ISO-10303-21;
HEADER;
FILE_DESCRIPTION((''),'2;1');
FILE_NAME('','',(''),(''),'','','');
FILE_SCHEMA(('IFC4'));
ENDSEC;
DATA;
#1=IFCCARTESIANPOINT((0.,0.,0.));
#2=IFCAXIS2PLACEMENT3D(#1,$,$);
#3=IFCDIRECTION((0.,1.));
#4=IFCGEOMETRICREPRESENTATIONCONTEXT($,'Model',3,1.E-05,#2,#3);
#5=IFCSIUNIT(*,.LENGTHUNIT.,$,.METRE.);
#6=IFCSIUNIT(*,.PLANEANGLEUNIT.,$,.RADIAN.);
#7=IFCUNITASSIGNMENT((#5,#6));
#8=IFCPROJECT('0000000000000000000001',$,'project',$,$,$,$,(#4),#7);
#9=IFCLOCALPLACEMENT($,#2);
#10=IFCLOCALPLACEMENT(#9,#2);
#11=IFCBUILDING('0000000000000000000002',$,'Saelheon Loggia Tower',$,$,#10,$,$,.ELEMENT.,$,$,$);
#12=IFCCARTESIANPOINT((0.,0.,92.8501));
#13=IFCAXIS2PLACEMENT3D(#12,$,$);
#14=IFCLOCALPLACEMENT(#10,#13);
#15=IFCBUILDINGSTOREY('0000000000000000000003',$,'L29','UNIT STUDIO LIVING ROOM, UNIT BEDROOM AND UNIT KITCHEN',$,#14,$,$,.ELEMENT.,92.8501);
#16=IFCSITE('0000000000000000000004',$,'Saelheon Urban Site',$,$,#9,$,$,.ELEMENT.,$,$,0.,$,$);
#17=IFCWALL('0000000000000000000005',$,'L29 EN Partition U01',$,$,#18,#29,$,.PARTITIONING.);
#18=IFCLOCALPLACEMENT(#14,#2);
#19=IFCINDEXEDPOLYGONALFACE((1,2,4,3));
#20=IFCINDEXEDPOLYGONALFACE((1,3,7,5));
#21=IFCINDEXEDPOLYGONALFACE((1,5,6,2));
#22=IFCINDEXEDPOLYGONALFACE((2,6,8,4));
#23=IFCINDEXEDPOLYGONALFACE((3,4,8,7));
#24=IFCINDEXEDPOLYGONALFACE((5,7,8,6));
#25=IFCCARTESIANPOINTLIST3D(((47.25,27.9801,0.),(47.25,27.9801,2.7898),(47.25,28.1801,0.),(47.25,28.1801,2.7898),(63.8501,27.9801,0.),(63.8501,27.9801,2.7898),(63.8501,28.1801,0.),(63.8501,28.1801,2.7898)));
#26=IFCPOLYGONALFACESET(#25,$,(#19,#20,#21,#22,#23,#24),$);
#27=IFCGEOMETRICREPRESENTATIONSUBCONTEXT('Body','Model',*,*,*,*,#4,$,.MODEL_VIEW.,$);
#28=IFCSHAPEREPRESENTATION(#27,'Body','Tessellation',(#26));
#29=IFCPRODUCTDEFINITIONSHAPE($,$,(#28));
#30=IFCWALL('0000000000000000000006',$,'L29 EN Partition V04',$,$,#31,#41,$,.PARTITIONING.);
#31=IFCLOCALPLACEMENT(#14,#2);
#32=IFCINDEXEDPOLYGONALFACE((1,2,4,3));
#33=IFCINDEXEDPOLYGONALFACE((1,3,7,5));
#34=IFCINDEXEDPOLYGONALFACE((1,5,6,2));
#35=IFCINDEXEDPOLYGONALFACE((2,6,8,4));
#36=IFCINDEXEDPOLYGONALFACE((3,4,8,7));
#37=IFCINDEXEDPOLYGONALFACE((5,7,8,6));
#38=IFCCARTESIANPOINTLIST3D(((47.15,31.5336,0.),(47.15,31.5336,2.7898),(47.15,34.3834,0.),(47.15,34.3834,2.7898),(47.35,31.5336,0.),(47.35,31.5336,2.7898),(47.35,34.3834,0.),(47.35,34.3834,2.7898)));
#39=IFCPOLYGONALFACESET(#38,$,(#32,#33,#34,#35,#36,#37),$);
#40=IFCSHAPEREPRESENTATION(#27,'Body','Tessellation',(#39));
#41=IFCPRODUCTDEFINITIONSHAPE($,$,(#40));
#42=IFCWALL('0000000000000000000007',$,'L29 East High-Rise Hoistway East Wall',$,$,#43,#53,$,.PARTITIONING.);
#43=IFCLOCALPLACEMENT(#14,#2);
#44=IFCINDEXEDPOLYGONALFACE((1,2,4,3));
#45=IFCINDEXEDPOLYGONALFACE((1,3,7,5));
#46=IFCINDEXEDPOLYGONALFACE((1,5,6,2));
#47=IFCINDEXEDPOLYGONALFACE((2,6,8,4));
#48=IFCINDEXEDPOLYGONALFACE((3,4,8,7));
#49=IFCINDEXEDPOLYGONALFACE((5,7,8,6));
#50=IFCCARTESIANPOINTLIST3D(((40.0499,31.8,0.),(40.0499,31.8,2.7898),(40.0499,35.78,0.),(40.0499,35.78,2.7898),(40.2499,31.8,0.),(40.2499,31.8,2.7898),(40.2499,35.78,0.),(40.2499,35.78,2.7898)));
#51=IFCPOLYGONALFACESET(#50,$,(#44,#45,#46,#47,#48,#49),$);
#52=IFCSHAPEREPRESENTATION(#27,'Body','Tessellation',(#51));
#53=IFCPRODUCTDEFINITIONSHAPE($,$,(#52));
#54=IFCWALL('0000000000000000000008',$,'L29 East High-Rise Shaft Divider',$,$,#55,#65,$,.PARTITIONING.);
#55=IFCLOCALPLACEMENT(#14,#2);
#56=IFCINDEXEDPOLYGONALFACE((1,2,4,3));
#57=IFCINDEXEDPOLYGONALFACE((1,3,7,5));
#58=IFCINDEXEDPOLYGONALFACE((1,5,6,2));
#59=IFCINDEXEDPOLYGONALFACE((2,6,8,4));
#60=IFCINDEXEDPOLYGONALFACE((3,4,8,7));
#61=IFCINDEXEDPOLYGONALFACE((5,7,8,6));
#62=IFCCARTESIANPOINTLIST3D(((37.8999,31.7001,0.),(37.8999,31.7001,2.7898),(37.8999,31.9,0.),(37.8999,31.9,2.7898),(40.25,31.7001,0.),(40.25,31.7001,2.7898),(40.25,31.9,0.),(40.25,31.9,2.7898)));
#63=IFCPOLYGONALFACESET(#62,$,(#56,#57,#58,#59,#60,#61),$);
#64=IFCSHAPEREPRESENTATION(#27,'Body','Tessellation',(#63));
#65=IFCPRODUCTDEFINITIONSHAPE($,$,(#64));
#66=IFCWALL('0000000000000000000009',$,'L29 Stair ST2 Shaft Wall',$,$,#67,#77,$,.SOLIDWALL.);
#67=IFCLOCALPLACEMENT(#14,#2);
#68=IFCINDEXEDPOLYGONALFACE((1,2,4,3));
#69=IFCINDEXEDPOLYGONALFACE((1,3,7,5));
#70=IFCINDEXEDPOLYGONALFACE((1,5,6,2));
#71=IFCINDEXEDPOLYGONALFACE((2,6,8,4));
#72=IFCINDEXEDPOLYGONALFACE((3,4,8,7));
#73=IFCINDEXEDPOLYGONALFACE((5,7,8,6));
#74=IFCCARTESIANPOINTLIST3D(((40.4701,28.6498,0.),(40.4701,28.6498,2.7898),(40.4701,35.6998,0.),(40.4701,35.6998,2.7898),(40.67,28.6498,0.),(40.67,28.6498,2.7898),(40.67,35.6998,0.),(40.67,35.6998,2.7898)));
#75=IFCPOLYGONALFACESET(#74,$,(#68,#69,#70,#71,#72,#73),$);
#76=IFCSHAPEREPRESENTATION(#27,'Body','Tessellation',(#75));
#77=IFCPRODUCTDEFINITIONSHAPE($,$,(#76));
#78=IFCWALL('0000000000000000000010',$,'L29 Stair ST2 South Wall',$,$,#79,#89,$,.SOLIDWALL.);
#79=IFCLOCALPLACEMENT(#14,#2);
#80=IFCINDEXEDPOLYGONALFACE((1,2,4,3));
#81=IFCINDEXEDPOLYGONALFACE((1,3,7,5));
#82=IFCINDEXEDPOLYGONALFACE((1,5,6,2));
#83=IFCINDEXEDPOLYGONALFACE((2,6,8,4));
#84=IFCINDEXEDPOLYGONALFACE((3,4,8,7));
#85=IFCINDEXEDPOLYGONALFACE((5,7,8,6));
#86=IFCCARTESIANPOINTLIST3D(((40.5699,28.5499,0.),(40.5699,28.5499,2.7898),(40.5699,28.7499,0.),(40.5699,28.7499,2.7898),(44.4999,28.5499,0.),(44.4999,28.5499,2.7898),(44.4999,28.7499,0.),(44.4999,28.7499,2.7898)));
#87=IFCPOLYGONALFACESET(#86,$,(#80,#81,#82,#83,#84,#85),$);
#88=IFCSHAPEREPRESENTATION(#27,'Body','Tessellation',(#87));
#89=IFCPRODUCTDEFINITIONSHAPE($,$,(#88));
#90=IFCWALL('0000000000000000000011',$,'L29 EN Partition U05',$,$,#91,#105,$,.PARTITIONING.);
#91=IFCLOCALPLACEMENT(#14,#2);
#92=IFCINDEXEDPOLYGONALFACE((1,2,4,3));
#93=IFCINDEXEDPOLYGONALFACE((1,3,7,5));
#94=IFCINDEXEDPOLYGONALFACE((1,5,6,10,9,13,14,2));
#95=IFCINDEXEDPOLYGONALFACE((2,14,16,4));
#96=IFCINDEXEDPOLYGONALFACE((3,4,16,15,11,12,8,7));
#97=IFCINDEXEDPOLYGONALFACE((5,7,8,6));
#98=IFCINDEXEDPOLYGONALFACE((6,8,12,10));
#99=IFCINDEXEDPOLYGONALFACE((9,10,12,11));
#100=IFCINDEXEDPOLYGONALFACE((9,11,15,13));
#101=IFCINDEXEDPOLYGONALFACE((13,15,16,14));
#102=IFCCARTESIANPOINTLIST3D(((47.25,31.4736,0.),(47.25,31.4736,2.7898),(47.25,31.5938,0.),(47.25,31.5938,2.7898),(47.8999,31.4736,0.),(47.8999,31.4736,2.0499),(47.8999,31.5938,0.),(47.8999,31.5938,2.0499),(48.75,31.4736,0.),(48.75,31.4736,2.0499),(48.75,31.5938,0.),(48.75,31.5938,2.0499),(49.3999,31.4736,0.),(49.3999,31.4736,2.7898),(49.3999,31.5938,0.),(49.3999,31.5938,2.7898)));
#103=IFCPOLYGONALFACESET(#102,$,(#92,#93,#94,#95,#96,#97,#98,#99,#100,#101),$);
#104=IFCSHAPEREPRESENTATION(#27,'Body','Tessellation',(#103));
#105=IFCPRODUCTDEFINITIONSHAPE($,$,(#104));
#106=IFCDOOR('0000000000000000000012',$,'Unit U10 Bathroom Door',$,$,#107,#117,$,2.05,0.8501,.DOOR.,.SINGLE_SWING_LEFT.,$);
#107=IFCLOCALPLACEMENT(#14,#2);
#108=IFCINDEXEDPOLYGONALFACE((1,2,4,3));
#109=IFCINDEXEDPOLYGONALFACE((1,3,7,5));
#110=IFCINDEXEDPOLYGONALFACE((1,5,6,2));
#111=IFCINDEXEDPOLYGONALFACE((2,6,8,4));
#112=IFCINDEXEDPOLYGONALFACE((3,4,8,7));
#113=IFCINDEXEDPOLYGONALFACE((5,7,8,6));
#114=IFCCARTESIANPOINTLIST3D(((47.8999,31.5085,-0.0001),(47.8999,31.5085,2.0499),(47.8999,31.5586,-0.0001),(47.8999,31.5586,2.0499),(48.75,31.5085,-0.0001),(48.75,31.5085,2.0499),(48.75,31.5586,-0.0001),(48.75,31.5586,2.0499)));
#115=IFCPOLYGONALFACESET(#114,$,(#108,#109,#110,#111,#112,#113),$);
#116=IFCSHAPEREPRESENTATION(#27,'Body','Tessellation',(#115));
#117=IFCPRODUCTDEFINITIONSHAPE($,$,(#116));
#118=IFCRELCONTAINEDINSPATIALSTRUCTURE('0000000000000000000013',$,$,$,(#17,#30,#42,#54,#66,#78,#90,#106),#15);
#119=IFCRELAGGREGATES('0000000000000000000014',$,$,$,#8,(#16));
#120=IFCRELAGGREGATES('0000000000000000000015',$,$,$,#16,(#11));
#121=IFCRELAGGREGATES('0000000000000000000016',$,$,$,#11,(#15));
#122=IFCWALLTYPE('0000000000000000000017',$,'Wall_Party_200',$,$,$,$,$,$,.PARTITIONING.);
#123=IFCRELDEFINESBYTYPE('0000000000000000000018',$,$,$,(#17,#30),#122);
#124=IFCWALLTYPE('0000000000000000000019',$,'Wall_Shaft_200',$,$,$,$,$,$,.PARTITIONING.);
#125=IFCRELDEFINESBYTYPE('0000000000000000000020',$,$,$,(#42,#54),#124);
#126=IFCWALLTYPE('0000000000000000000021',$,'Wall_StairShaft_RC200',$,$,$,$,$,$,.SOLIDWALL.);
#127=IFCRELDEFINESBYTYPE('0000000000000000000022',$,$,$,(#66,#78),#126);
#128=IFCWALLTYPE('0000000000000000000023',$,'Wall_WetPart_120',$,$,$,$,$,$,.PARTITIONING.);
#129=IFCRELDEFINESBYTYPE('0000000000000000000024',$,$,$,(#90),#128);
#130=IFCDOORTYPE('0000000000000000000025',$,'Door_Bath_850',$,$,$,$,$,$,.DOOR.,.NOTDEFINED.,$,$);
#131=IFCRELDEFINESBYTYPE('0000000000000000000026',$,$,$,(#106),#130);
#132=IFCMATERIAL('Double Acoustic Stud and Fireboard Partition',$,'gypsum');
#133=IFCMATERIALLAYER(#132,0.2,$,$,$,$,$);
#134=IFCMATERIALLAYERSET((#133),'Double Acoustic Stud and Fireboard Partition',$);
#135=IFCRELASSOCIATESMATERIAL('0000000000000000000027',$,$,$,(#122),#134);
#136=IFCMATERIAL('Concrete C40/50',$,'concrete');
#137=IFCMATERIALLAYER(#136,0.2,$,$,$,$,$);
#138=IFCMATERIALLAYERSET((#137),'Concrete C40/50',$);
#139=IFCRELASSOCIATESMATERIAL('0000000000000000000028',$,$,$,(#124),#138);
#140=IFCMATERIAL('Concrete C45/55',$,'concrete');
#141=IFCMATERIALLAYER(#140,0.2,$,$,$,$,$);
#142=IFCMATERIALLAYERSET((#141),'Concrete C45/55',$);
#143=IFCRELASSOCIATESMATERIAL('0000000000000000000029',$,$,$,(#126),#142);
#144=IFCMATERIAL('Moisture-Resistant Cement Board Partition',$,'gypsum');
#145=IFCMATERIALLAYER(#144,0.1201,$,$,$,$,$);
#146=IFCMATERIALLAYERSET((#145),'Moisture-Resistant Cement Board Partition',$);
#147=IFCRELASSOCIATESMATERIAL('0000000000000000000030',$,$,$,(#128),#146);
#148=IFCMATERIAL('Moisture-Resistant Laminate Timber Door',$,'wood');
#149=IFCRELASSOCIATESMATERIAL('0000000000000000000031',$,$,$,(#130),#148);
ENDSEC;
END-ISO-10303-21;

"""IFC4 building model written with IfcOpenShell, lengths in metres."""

from ifc_helpers import new_model, si_unit, direction, frame, frame_2d, origin, place, context, subcontext, project, spatial, rectangle, extrude, source, transform, mapped, material, layer, layer_set, type_object, element, fill, save


model = new_model("IFC4")

# Units and contexts
model_context = context("Model", 3, precision=1e-05, world=origin(), true_north=direction((0.0, 1.0)))
body_context = subcontext(model_context, "Body", "Model", "MODEL_VIEW")
ifc_project = project(units=[si_unit("LENGTHUNIT", "METRE"), si_unit("PLANEANGLEUNIT", "RADIAN")], contexts=[model_context])

# Site, building, storey
site_placement = place(None, origin())
site = spatial("IfcSite", under=ifc_project, at=site_placement, Name="Saelheon Urban Site", CompositionType="ELEMENT", RefElevation=0.0)
building_placement = place(site_placement, origin())
building = spatial("IfcBuilding", under=site, at=building_placement, Name="Saelheon Loggia Tower", CompositionType="ELEMENT")
storey_placement = place(building_placement, frame((0.0, 0.0, 92.8501)))
storey = spatial("IfcBuildingStorey", under=building, at=storey_placement, Name="L29", Description="UNIT STUDIO LIVING ROOM, UNIT BEDROOM AND UNIT KITCHEN", CompositionType="ELEMENT", Elevation=92.8501)

# Wall
ifc_material_1 = material(Name="Double Acoustic Stud and Fireboard Partition", Category="gypsum")
ifc_layer_1 = layer(ifc_material_1, 0.2)
ifc_layer_set_1 = layer_set([ifc_layer_1], Name="Double Acoustic Stud and Fireboard Partition")
wall_type_1 = type_object("IfcWallType", Name="Wall_Party_200", PredefinedType="PARTITIONING", material=ifc_layer_set_1)
wall_1_placement = place(storey_placement, frame((47.25, 28.0801, 0.0), z_axis=(0.0, 0.0, 1.0), x_axis=(1.0, 0.0, 0.0)))
element("IfcWall", 1, at=wall_1_placement, inside=storey, type_object=wall_type_1, Name="L29 EN Partition U01", PredefinedType="PARTITIONING", context=body_context, shape_type="SweptSolid", body=[
    extrude(rectangle(XDim=16.6001, YDim=0.2, at=frame_2d((8.3, 0.0))), origin(), (0.0, 0.0, 1.0), 2.7898),
])

# Walls
wall_2_placement = place(storey_placement, frame((47.25, 31.5337, 0.0), z_axis=(0.0, 0.0, 1.0), x_axis=(0.0, 1.0, 0.0)))
element("IfcWall", 2, at=wall_2_placement, inside=storey, type_object=wall_type_1, Name="L29 EN Partition V04", PredefinedType="PARTITIONING", context=body_context, shape_type="SweptSolid", body=[
    extrude(rectangle(XDim=2.8499, YDim=0.2, at=frame_2d((1.4248, 0.0))), origin(), (0.0, 0.0, 1.0), 2.7898),
])
ifc_material_2 = material(Name="Concrete C40/50", Category="concrete")
ifc_layer_2 = layer(ifc_material_2, 0.2)
ifc_layer_set_2 = layer_set([ifc_layer_2], Name="Concrete C40/50")
wall_type_2 = type_object("IfcWallType", Name="Wall_Shaft_200", PredefinedType="PARTITIONING", material=ifc_layer_set_2)
wall_3_placement = place(storey_placement, frame((40.1499, 31.8, 0.0), z_axis=(0.0, 0.0, 1.0), x_axis=(0.0, 1.0, 0.0)))
element("IfcWall", 3, at=wall_3_placement, inside=storey, type_object=wall_type_2, Name="L29 East High-Rise Hoistway East Wall", PredefinedType="PARTITIONING", context=body_context, shape_type="SweptSolid", body=[
    extrude(rectangle(XDim=3.98, YDim=0.2, at=frame_2d((1.99, 0.0))), origin(), (0.0, 0.0, 1.0), 2.7898),
])
wall_4_placement = place(storey_placement, frame((37.8999, 31.8, 0.0), z_axis=(0.0, 0.0, 1.0), x_axis=(1.0, 0.0, 0.0)))
element("IfcWall", 4, at=wall_4_placement, inside=storey, type_object=wall_type_2, Name="L29 East High-Rise Shaft Divider", PredefinedType="PARTITIONING", context=body_context, shape_type="SweptSolid", body=[
    extrude(rectangle(XDim=2.3501, YDim=0.2, at=frame_2d((1.175, 0.0))), origin(), (0.0, 0.0, 1.0), 2.7898),
])
ifc_material_3 = material(Name="Concrete C45/55", Category="concrete")
ifc_layer_3 = layer(ifc_material_3, 0.2)
ifc_layer_set_3 = layer_set([ifc_layer_3], Name="Concrete C45/55")
wall_type_3 = type_object("IfcWallType", Name="Wall_StairShaft_RC200", PredefinedType="SOLIDWALL", material=ifc_layer_set_3)
wall_5_placement = place(storey_placement, frame((40.5701, 28.6499, 0.0), z_axis=(0.0, 0.0, 1.0), x_axis=(0.0, 1.0, 0.0)))
element("IfcWall", 5, at=wall_5_placement, inside=storey, type_object=wall_type_3, Name="L29 Stair ST2 Shaft Wall", PredefinedType="SOLIDWALL", context=body_context, shape_type="SweptSolid", body=[
    extrude(rectangle(XDim=7.05, YDim=0.2, at=frame_2d((3.5249, 0.0))), origin(), (0.0, 0.0, 1.0), 2.7898),
])
wall_6_placement = place(storey_placement, frame((40.5701, 28.6499, 0.0), z_axis=(0.0, 0.0, 1.0), x_axis=(1.0, 0.0, 0.0)))
element("IfcWall", 6, at=wall_6_placement, inside=storey, type_object=wall_type_3, Name="L29 Stair ST2 South Wall", PredefinedType="SOLIDWALL", context=body_context, shape_type="SweptSolid", body=[
    extrude(rectangle(XDim=3.9299, YDim=0.2, at=frame_2d((1.9648, 0.0))), origin(), (0.0, 0.0, 1.0), 2.7898),
])

# Wall, opening, door
ifc_material_4 = material(Name="Moisture-Resistant Cement Board Partition", Category="gypsum")
ifc_layer_4 = layer(ifc_material_4, 0.1201)
ifc_layer_set_4 = layer_set([ifc_layer_4], Name="Moisture-Resistant Cement Board Partition")
wall_type_4 = type_object("IfcWallType", Name="Wall_WetPart_120", PredefinedType="PARTITIONING", material=ifc_layer_set_4)
wall_7_placement = place(storey_placement, frame((47.25, 31.5337, 0.0), z_axis=(0.0, 0.0, 1.0), x_axis=(1.0, 0.0, 0.0)))
wall_7 = element("IfcWall", 7, at=wall_7_placement, inside=storey, type_object=wall_type_4, Name="L29 EN Partition U05", PredefinedType="PARTITIONING", context=body_context, shape_type="SweptSolid", body=[
    extrude(rectangle(XDim=2.1499, YDim=0.1201, at=frame_2d((1.075, 0.0))), origin(), (0.0, 0.0, 1.0), 2.7898),
])
opening_1_placement = place(wall_7_placement, frame((0.6499, 0.0, 0.0)))
opening_1 = element("IfcOpeningElement", 8, at=opening_1_placement, cuts=wall_7, PredefinedType="OPENING", context=body_context, shape_type="SweptSolid", body=[
    extrude(rectangle(XDim=0.8501, YDim=2.05, at=frame_2d((0.425, 1.0249))), frame((0.0, 0.072, 0.0), z_axis=(0.0, -1.0, 0.0), x_axis=(1.0, 0.0, 0.0)), (0.0, 0.0, 1.0), 0.144),
])
ifc_material_5 = material(Name="Moisture-Resistant Laminate Timber Door", Category="wood")
door_type_1 = type_object("IfcDoorType", Name="Door_Bath_850", OperationType="NOTDEFINED", PredefinedType="DOOR", material=ifc_material_5)
shared_shape_1 = source(origin(), body_context, "Body", "SweptSolid", [
    extrude(rectangle(XDim=0.8501, YDim=2.05, at=frame_2d((0.425, 1.0249))), frame((0.0, 0.0249, 0.0), z_axis=(0.0, -1.0, 0.0), x_axis=(1.0, 0.0, 0.0)), (0.0, 0.0, 1.0), 0.05),
])
door_1_placement = place(opening_1_placement, origin())
door_1 = element("IfcDoor", 9, at=door_1_placement, inside=storey, type_object=door_type_1, Name="Unit U10 Bathroom Door", OperationType="SINGLE_SWING_LEFT", OverallHeight=2.05, OverallWidth=0.8501, PredefinedType="DOOR", context=body_context, shape_type="MappedRepresentation", body=[
    mapped(shared_shape_1, transform((0.0, 0.0, 0.0), scale=1.0)),
])
fill(opening_1, door_1)

save(model, "model.ifc")
